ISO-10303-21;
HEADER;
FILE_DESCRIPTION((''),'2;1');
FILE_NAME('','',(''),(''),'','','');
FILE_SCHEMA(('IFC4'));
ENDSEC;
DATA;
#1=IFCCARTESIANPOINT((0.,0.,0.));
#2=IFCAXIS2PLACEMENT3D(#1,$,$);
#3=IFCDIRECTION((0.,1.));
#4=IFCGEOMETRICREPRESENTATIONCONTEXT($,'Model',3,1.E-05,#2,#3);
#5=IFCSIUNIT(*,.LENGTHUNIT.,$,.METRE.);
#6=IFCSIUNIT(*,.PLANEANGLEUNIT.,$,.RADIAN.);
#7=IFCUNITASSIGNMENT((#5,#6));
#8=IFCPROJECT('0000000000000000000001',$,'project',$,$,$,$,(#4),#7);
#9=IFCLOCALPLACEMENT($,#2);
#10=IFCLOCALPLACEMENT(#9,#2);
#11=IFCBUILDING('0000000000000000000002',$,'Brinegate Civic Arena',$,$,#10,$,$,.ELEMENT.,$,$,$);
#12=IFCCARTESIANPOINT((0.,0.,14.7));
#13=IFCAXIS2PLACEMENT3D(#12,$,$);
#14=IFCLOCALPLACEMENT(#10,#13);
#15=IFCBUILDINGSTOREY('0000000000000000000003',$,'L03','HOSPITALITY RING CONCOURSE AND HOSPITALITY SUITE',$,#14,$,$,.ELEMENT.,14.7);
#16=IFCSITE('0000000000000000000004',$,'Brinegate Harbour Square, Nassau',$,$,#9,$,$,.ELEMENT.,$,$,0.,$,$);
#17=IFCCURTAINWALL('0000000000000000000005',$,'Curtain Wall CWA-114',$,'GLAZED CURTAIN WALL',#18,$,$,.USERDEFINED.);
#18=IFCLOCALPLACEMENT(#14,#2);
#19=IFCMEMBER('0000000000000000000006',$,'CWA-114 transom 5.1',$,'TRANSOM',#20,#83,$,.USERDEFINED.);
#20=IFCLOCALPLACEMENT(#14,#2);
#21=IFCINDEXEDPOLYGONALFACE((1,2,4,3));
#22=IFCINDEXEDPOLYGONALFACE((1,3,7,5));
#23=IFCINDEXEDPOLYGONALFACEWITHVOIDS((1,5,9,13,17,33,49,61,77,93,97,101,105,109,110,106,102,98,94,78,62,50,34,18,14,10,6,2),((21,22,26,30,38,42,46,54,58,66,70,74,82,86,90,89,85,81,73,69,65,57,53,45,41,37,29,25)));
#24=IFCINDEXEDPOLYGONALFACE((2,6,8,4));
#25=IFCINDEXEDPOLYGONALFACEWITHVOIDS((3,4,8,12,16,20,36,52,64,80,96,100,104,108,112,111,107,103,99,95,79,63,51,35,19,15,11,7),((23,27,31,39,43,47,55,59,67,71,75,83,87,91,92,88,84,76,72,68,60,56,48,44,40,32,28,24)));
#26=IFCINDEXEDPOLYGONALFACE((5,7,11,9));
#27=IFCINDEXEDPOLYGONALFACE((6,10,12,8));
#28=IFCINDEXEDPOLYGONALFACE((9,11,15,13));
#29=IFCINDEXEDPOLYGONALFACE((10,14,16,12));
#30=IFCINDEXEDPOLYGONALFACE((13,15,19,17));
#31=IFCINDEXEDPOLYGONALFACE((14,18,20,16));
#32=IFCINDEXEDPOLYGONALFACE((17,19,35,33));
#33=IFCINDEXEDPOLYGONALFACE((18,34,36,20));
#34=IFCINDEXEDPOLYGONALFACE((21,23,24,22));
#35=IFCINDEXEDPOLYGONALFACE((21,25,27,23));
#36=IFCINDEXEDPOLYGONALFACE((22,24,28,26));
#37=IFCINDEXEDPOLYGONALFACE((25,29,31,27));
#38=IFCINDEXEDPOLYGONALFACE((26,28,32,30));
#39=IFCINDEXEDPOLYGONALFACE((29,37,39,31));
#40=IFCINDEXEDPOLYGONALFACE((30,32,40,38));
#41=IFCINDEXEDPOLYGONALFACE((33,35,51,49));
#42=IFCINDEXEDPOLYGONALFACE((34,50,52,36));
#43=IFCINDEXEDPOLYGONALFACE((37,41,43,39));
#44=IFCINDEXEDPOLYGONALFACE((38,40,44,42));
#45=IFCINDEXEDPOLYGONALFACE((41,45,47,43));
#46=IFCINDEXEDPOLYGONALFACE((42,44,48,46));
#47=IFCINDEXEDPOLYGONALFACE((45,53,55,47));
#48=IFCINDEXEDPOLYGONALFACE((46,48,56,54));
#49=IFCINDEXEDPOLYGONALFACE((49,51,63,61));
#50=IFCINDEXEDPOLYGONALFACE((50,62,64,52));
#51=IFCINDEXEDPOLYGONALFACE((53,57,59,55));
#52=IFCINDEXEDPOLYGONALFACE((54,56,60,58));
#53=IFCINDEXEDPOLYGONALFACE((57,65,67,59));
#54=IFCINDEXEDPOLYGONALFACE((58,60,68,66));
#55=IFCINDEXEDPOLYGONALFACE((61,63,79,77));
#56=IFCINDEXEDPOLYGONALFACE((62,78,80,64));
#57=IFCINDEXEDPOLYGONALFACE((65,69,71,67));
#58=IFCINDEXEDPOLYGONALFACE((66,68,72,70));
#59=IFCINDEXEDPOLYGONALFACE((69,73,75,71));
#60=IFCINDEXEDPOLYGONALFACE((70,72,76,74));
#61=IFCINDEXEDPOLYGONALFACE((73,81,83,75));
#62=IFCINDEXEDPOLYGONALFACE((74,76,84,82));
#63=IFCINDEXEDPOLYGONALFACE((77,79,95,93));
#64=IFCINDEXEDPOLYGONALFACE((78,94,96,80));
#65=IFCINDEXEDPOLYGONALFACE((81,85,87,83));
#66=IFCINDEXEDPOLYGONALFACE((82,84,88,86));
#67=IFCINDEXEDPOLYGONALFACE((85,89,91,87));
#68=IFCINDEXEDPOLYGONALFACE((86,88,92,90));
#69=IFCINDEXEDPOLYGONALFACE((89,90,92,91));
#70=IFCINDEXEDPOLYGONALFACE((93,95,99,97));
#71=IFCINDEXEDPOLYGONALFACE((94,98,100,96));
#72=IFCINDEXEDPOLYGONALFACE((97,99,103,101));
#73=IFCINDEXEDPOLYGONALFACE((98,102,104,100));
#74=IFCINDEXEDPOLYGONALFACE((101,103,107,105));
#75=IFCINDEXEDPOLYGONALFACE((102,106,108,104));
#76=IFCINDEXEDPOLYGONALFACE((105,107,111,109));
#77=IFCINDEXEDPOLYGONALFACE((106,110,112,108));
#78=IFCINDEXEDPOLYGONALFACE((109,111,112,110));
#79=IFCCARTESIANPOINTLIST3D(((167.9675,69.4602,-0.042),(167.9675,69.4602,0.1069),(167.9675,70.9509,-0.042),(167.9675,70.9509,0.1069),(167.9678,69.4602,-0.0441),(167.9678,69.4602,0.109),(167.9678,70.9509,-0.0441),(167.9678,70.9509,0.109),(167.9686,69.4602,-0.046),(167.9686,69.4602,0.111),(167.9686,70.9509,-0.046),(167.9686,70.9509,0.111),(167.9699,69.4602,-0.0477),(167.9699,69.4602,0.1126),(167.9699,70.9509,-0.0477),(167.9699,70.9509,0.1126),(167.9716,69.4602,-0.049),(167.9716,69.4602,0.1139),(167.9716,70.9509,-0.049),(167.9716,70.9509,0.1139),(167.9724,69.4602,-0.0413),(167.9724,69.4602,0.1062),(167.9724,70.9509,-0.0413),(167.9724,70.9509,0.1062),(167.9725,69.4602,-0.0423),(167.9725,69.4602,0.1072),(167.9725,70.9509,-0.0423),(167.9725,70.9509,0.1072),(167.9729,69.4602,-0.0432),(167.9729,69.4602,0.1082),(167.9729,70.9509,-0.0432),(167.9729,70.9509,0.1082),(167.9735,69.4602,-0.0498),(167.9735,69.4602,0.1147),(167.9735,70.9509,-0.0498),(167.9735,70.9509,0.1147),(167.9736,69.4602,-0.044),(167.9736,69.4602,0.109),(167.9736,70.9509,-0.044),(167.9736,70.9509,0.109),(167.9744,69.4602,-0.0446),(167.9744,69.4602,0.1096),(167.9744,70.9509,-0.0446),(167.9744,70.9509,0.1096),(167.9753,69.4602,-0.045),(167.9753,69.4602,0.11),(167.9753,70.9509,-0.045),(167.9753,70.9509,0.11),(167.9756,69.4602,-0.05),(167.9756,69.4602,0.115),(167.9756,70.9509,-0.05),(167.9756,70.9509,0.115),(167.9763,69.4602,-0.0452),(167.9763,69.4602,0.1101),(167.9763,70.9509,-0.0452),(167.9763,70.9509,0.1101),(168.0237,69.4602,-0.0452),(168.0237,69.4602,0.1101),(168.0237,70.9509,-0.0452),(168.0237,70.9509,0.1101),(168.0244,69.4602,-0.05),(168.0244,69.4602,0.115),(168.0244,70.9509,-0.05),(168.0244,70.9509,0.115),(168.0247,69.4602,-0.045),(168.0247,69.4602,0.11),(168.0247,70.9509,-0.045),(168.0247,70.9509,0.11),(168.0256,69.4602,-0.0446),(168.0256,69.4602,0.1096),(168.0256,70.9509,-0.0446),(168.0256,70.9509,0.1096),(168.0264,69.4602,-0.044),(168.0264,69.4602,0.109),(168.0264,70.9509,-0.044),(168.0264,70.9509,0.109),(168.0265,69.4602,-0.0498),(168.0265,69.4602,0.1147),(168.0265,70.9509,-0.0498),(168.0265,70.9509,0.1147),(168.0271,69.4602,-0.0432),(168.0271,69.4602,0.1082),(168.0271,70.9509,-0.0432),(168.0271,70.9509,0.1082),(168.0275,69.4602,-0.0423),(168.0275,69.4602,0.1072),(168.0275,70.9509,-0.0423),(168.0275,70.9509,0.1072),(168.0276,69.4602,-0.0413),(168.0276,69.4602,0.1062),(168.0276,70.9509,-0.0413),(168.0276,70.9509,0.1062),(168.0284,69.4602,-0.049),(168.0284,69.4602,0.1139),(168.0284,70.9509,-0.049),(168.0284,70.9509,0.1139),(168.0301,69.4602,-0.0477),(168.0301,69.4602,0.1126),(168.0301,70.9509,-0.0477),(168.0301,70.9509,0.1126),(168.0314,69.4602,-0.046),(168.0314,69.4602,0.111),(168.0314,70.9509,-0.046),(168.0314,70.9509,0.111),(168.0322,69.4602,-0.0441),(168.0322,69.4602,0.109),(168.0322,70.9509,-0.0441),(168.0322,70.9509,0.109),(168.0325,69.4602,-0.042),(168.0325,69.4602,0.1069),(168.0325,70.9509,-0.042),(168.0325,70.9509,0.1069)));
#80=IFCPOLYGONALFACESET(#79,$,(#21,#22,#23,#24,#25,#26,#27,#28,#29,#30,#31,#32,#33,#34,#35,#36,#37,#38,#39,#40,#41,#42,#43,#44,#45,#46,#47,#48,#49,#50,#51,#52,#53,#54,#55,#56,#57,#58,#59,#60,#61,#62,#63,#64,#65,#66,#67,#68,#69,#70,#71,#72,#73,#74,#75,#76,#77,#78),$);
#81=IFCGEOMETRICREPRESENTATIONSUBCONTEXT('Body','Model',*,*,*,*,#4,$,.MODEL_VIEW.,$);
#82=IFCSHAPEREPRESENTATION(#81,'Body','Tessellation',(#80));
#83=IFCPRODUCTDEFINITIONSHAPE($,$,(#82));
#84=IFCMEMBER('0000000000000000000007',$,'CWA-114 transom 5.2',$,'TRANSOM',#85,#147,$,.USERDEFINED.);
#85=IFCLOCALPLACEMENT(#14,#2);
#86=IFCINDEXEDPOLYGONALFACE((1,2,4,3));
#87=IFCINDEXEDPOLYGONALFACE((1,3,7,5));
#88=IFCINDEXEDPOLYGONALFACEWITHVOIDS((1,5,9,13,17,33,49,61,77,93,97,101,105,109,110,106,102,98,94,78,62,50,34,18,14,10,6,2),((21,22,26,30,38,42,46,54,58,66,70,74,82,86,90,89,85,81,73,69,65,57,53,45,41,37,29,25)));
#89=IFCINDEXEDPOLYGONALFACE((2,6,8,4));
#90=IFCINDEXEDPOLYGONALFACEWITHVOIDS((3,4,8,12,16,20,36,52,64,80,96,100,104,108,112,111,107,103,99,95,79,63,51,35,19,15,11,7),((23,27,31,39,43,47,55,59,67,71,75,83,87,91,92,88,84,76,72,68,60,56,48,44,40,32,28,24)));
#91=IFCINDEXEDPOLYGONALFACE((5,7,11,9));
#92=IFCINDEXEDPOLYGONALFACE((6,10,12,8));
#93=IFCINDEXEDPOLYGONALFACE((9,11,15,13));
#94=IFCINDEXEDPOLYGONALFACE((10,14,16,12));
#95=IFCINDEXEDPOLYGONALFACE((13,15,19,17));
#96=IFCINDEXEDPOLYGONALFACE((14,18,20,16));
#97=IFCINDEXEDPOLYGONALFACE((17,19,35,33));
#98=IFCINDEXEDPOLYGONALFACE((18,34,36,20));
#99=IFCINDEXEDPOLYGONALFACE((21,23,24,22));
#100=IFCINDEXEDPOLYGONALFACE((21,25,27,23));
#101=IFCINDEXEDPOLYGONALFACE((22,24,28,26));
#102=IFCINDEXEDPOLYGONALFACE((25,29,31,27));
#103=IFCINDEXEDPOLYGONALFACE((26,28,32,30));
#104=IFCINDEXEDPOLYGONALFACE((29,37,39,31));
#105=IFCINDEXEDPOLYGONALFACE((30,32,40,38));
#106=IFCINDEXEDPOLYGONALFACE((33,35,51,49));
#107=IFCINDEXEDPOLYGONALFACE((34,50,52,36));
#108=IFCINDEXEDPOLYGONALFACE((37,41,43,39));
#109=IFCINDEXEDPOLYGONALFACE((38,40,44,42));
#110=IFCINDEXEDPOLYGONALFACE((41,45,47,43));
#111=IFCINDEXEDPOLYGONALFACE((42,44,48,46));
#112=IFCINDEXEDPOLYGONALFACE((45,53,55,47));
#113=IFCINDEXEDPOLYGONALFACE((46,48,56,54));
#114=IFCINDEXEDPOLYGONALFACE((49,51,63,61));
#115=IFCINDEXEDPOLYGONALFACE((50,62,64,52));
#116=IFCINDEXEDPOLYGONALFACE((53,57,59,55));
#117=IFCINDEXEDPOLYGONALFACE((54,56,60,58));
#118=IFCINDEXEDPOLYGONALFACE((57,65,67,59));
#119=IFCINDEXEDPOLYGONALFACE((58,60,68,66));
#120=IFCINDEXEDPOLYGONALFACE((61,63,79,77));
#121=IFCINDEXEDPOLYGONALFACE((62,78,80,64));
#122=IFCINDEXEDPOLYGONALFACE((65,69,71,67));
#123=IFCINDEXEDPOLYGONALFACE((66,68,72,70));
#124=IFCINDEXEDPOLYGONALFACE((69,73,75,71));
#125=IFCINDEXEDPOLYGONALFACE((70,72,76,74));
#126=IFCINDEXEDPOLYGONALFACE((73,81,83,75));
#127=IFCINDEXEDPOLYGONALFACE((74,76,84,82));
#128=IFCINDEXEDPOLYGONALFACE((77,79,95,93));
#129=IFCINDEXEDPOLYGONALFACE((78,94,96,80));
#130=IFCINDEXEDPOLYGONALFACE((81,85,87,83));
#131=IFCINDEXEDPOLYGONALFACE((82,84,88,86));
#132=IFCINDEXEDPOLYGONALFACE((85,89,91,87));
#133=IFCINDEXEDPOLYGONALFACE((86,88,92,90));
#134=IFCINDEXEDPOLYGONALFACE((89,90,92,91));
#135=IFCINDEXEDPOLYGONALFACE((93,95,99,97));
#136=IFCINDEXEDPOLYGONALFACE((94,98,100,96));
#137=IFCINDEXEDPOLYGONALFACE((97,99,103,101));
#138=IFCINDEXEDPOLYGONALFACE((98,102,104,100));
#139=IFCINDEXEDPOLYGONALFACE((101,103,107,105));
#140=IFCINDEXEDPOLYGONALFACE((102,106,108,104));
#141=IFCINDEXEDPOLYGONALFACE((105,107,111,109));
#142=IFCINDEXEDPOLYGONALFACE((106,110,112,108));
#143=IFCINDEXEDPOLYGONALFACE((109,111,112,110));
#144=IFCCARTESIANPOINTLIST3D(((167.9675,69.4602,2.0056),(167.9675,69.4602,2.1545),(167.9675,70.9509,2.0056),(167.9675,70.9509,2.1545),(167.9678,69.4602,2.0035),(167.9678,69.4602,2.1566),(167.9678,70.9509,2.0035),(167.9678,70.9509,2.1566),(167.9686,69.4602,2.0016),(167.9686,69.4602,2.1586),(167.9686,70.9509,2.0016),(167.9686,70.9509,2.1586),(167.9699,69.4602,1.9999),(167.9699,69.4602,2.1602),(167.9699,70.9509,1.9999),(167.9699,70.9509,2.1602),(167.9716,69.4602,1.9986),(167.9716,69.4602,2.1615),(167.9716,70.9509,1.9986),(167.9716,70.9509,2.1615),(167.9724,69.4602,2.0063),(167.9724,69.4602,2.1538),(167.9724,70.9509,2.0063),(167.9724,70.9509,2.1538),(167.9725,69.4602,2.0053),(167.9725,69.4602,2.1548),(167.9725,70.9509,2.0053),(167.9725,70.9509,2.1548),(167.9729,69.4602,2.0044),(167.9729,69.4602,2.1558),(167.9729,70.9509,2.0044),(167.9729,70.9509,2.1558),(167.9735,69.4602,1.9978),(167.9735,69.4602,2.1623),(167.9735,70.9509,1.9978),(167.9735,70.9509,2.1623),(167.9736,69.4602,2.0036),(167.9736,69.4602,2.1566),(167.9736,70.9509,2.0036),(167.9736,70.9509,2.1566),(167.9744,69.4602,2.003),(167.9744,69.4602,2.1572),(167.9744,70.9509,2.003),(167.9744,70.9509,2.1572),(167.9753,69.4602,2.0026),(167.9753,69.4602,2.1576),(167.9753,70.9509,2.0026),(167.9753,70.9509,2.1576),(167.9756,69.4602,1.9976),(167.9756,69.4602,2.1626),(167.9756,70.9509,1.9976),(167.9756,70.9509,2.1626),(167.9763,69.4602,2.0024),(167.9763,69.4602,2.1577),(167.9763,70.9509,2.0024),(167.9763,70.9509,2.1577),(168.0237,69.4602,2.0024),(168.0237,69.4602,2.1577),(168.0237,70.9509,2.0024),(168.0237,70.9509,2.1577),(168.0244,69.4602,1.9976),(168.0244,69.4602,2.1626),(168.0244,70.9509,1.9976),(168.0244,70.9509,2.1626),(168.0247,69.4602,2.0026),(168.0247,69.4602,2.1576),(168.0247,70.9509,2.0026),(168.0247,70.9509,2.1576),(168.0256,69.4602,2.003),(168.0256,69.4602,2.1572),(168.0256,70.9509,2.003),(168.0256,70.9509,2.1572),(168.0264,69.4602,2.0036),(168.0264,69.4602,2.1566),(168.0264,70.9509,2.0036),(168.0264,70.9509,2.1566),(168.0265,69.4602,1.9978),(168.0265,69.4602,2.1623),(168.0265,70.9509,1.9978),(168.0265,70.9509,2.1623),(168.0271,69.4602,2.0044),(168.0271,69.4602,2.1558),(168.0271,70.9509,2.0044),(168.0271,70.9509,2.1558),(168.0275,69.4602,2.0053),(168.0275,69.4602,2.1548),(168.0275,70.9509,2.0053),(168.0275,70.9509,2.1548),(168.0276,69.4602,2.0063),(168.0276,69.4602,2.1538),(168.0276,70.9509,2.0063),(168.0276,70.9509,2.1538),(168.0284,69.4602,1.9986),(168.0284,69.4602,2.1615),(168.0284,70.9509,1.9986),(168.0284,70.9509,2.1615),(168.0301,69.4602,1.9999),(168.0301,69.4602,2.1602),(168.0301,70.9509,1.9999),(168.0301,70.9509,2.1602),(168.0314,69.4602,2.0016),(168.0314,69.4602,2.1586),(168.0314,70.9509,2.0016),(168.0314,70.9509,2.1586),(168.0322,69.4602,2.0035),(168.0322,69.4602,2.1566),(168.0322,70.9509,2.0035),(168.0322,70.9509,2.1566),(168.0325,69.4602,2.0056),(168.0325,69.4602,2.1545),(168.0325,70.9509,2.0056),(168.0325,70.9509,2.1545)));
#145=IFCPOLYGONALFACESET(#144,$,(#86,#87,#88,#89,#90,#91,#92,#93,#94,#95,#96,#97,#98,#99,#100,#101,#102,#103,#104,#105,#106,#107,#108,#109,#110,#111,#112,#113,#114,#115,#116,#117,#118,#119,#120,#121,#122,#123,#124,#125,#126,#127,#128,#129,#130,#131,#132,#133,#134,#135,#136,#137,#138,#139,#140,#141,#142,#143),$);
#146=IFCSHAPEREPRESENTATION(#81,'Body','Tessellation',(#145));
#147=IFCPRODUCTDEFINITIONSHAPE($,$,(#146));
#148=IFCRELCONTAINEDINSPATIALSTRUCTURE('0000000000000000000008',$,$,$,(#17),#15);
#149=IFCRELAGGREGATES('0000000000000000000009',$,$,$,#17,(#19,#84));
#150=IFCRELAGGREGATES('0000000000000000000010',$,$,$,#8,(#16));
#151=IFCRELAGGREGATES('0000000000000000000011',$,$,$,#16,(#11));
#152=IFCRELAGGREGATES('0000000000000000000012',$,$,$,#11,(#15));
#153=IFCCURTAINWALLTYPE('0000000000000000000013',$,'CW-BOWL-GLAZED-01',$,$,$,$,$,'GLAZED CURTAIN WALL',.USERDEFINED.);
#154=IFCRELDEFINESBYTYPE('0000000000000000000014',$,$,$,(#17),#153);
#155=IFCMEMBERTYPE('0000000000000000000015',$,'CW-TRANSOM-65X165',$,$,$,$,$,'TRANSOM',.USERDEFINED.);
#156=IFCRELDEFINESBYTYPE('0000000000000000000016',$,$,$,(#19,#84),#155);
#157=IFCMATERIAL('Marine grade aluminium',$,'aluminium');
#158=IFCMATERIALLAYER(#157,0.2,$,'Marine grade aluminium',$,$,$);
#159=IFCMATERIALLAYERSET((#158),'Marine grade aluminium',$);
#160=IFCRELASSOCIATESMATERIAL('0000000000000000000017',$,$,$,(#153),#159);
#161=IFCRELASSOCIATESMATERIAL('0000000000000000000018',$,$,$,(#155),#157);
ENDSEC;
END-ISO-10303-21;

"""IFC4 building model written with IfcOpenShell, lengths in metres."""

from ifc_helpers import new_model, si_unit, direction, frame, origin, origin_2d, place, context, subcontext, project, spatial, hollow_rectangle, extrude, material, layer, layer_set, material_profile, profile_set, type_object, element, aggregate, save


model = new_model("IFC4")

# Units and contexts
model_context = context("Model", 3, precision=1e-05, world=origin(), true_north=direction((0.0, 1.0)))
body_context = subcontext(model_context, "Body", "Model", "MODEL_VIEW")
ifc_project = project(units=[si_unit("LENGTHUNIT", "METRE"), si_unit("PLANEANGLEUNIT", "RADIAN")], contexts=[model_context])

# Site, building, storey
site_placement = place(None, origin())
site = spatial("IfcSite", under=ifc_project, at=site_placement, Name="Brinegate Harbour Square, Nassau", CompositionType="ELEMENT", RefElevation=0.0)
building_placement = place(site_placement, origin())
building = spatial("IfcBuilding", under=site, at=building_placement, Name="Brinegate Civic Arena", CompositionType="ELEMENT")
storey_placement = place(building_placement, frame((0.0, 0.0, 14.7)))
storey = spatial("IfcBuildingStorey", under=building, at=storey_placement, Name="L03", Description="HOSPITALITY RING CONCOURSE AND HOSPITALITY SUITE", CompositionType="ELEMENT", Elevation=14.7)

# Curtain wall
ifc_material_1 = material(Name="Marine grade aluminium", Category="aluminium")
ifc_layer_1 = layer(ifc_material_1, 0.2, Name="Marine grade aluminium")
ifc_layer_set_1 = layer_set([ifc_layer_1], Name="Marine grade aluminium")
curtain_wall_type = type_object("IfcCurtainWallType", Name="CW-BOWL-GLAZED-01", ElementType="GLAZED CURTAIN WALL", PredefinedType="USERDEFINED", material=ifc_layer_set_1)
curtain_wall_1_placement = place(storey_placement, origin())
curtain_wall_1 = element("IfcCurtainWall", 1, at=curtain_wall_1_placement, inside=storey, type_object=curtain_wall_type, Name="Curtain Wall CWA-114", ObjectType="GLAZED CURTAIN WALL", PredefinedType="USERDEFINED")

# Members
ifc_material_profile_1 = material_profile(ifc_material_1, hollow_rectangle(XDim=0.0649, YDim=0.165, WallThickness=0.0049, InnerFilletRadius=0.0039, OuterFilletRadius=0.0081, at=origin_2d()), Name="TRN65X165")
ifc_profile_set_1 = profile_set([ifc_material_profile_1], Name="Marine grade aluminium")
member_type_1 = type_object("IfcMemberType", Name="CW-TRANSOM-65X165", ElementType="TRANSOM", PredefinedType="USERDEFINED", material=ifc_profile_set_1)
member_1_placement = place(storey_placement, frame((168.0, 69.4602, 0.0325), z_axis=(0.0, 1.0, 0.0), x_axis=(-1.0, 0.0, 0.0)))
member_1 = element("IfcMember", 2, at=member_1_placement, type_object=member_type_1, Name="CWA-114 transom 5.1", ObjectType="TRANSOM", PredefinedType="USERDEFINED", context=body_context, shape_type="SweptSolid", body=[
    extrude(hollow_rectangle(XDim=0.0649, YDim=0.165, WallThickness=0.0049, InnerFilletRadius=0.0039, OuterFilletRadius=0.0081, at=origin_2d()), origin(), (0.0, 0.0, 1.0), 1.4907),
])
member_2_placement = place(storey_placement, frame((168.0, 69.4602, 2.0801), z_axis=(0.0, 1.0, 0.0), x_axis=(-1.0, 0.0, 0.0)))
member_2 = element("IfcMember", 3, at=member_2_placement, type_object=member_type_1, Name="CWA-114 transom 5.2", ObjectType="TRANSOM", PredefinedType="USERDEFINED", context=body_context, shape_type="SweptSolid", body=[
    extrude(hollow_rectangle(XDim=0.0649, YDim=0.165, WallThickness=0.0049, InnerFilletRadius=0.0039, OuterFilletRadius=0.0081, at=origin_2d()), origin(), (0.0, 0.0, 1.0), 1.4907),
])

aggregate(curtain_wall_1, [member_1, member_2])

save(model, "model.ifc")
